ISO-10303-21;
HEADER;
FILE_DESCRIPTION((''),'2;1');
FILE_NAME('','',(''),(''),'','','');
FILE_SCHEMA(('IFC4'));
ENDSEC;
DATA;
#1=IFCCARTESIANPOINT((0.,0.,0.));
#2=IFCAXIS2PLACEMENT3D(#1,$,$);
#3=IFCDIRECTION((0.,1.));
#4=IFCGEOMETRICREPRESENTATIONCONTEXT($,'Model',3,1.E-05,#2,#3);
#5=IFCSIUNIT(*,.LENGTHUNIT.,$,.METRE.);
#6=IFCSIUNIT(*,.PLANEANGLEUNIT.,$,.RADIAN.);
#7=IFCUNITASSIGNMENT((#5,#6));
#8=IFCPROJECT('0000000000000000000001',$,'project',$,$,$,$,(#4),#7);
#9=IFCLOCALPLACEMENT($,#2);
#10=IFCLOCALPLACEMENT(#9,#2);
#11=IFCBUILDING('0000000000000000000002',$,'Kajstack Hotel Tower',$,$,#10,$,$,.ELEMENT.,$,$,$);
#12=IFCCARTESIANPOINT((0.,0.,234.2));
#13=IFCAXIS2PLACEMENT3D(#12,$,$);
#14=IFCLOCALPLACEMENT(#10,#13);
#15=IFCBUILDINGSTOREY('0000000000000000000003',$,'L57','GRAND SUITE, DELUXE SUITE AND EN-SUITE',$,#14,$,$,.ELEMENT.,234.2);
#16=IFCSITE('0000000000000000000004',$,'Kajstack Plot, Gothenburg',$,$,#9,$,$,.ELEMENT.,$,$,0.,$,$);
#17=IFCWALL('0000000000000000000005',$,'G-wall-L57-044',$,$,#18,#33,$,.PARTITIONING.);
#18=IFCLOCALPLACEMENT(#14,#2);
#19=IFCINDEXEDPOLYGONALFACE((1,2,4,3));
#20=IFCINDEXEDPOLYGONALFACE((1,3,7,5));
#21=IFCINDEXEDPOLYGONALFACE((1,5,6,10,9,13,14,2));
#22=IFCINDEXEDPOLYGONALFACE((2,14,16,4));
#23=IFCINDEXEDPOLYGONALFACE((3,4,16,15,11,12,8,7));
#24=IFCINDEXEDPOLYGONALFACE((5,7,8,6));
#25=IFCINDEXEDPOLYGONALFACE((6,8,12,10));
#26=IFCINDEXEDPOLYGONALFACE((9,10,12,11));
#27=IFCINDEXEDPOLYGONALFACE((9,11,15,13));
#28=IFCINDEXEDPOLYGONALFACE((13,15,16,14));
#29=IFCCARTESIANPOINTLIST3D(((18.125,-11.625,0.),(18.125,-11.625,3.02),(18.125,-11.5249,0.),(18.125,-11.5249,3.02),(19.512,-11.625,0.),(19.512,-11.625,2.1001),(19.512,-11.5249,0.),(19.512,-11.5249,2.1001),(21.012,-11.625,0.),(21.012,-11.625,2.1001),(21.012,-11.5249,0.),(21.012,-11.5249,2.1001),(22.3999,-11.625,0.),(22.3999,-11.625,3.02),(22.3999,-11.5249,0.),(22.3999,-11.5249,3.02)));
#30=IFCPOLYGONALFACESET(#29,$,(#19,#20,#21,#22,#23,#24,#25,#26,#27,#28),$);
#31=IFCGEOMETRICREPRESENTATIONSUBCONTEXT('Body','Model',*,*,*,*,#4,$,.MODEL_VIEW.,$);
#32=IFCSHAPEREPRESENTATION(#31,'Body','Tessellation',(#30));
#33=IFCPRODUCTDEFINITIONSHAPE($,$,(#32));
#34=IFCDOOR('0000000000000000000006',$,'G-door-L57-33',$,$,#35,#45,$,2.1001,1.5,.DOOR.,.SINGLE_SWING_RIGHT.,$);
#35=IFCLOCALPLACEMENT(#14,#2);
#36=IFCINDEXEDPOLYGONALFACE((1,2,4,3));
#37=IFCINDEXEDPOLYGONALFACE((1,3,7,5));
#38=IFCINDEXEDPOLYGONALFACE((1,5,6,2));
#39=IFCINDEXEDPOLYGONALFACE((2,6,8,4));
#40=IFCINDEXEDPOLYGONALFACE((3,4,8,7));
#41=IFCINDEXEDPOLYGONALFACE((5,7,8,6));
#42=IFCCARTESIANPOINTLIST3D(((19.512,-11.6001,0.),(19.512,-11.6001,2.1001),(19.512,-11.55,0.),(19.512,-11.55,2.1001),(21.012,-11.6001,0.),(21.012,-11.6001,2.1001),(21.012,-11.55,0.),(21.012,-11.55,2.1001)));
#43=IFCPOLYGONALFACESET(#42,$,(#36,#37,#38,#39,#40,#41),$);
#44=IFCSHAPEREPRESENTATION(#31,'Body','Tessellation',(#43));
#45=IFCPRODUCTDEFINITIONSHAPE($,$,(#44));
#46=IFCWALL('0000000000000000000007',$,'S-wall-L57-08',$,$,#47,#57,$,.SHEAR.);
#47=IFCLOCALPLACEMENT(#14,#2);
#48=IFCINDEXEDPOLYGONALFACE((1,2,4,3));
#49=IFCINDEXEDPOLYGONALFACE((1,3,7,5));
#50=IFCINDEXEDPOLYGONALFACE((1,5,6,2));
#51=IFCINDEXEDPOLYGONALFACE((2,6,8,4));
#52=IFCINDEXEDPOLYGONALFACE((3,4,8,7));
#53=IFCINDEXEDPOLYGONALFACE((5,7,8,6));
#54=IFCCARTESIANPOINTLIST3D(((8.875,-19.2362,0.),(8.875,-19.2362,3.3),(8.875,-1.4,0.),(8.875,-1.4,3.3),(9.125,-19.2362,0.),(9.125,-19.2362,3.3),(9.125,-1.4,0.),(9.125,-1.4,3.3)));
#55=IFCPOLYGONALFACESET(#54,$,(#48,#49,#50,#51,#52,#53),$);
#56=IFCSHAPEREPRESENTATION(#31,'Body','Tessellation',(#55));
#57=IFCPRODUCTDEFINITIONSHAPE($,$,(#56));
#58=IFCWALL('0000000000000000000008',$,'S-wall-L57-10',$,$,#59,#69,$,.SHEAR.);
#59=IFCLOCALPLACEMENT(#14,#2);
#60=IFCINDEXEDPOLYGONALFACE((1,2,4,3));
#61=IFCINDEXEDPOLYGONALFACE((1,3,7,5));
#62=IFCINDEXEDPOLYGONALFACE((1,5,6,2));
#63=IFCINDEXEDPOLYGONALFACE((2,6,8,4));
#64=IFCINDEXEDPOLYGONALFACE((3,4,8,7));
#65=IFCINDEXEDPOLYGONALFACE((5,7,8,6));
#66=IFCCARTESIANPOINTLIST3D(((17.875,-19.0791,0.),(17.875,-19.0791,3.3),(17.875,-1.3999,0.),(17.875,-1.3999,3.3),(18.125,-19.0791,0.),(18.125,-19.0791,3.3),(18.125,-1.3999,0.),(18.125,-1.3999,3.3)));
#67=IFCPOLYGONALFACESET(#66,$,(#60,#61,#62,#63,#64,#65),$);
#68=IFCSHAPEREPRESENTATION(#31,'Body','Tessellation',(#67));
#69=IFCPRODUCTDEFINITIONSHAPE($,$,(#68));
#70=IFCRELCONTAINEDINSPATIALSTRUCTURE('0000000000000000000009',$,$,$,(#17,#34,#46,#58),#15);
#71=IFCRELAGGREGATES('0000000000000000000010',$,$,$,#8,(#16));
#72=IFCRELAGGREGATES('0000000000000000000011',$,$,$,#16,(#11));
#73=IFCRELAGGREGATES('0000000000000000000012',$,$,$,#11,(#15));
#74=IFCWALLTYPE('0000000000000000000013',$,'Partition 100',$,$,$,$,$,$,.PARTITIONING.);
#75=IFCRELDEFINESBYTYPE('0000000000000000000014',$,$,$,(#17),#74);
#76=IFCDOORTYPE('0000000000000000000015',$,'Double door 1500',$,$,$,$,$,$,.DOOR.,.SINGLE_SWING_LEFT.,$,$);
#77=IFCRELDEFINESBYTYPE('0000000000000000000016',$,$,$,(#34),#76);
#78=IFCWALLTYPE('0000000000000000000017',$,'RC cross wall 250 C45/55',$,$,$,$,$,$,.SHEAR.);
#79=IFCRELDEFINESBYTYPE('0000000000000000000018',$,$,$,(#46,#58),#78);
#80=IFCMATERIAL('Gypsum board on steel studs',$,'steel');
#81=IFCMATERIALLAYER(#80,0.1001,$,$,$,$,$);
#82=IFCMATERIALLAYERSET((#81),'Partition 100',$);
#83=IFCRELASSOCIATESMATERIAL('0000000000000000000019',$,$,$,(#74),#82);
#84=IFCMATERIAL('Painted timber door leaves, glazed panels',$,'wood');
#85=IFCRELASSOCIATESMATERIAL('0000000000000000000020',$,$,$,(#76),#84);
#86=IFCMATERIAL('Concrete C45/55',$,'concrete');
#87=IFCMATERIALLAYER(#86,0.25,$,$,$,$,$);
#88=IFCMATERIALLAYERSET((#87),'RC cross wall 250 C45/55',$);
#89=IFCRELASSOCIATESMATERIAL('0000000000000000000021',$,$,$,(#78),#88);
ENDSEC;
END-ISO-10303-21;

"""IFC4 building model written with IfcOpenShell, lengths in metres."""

from ifc_helpers import new_model, si_unit, direction, frame, frame_2d, origin, place, context, subcontext, project, spatial, rectangle, extrude, material, layer, layer_set, type_object, element, fill, save


model = new_model("IFC4")

# Units and contexts
model_context = context("Model", 3, precision=1e-05, world=origin(), true_north=direction((0.0, 1.0)))
body_context = subcontext(model_context, "Body", "Model", "MODEL_VIEW")
ifc_project = project(units=[si_unit("LENGTHUNIT", "METRE"), si_unit("PLANEANGLEUNIT", "RADIAN")], contexts=[model_context])

# Site, building, storey
site_placement = place(None, origin())
site = spatial("IfcSite", under=ifc_project, at=site_placement, Name="Kajstack Plot, Gothenburg", CompositionType="ELEMENT", RefElevation=0.0)
building_placement = place(site_placement, origin())
building = spatial("IfcBuilding", under=site, at=building_placement, Name="Kajstack Hotel Tower", CompositionType="ELEMENT")
storey_placement = place(building_placement, frame((0.0, 0.0, 234.2)))
storey = spatial("IfcBuildingStorey", under=building, at=storey_placement, Name="L57", Description="GRAND SUITE, DELUXE SUITE AND EN-SUITE", CompositionType="ELEMENT", Elevation=234.2)

# Wall, opening, door
ifc_material_1 = material(Name="Gypsum board on steel studs", Category="steel")
ifc_layer_1 = layer(ifc_material_1, 0.1001)
ifc_layer_set_1 = layer_set([ifc_layer_1], Name="Partition 100")
wall_type_1 = type_object("IfcWallType", Name="Partition 100", PredefinedType="PARTITIONING", material=ifc_layer_set_1)
wall_1_placement = place(storey_placement, frame((18.125, -11.575, 0.0), z_axis=(0.0, 0.0, 1.0), x_axis=(1.0, 0.0, 0.0)))
wall_1 = element("IfcWall", 1, at=wall_1_placement, inside=storey, type_object=wall_type_1, Name="G-wall-L57-044", PredefinedType="PARTITIONING", context=body_context, shape_type="SweptSolid", body=[
    extrude(rectangle(XDim=4.2749, YDim=0.1001, at=frame_2d((2.1375, 0.0))), origin(), (0.0, 0.0, 1.0), 3.02),
])
opening_1_placement = place(wall_1_placement, frame((1.387, 0.0, 0.0)))
opening_1 = element("IfcOpeningElement", 2, at=opening_1_placement, cuts=wall_1, PredefinedType="OPENING", context=body_context, shape_type="SweptSolid", body=[
    extrude(rectangle(XDim=1.5, YDim=2.1001, at=frame_2d((0.75, 1.05))), frame((0.0, 0.0601, 0.0), z_axis=(0.0, -1.0, 0.0), x_axis=(1.0, 0.0, 0.0)), (0.0, 0.0, 1.0), 0.1201),
])
ifc_material_2 = material(Name="Painted timber door leaves, glazed panels", Category="wood")
door_type_1 = type_object("IfcDoorType", Name="Double door 1500", OperationType="SINGLE_SWING_LEFT", PredefinedType="DOOR", material=ifc_material_2)
door_1_placement = place(opening_1_placement, origin())
door_1 = element("IfcDoor", 3, at=door_1_placement, inside=storey, type_object=door_type_1, Name="G-door-L57-33", OperationType="SINGLE_SWING_RIGHT", OverallHeight=2.1001, OverallWidth=1.5, PredefinedType="DOOR", context=body_context, shape_type="SweptSolid", body=[
    extrude(rectangle(XDim=1.5, YDim=2.1001, at=frame_2d((0.75, 1.05))), frame((0.0, 0.0249, 0.0), z_axis=(0.0, -1.0, 0.0), x_axis=(1.0, 0.0, 0.0)), (0.0, 0.0, 1.0), 0.05),
])
fill(opening_1, door_1)

# Walls
ifc_material_3 = material(Name="Concrete C45/55", Category="concrete")
ifc_layer_2 = layer(ifc_material_3, 0.25)
ifc_layer_set_2 = layer_set([ifc_layer_2], Name="RC cross wall 250 C45/55")
wall_type_2 = type_object("IfcWallType", Name="RC cross wall 250 C45/55", PredefinedType="SHEAR", material=ifc_layer_set_2)
wall_2_placement = place(storey_placement, frame((9.0, -19.2361, 0.0), z_axis=(0.0, 0.0, 1.0), x_axis=(0.0, 1.0, 0.0)))
element("IfcWall", 4, at=wall_2_placement, inside=storey, type_object=wall_type_2, Name="S-wall-L57-08", PredefinedType="SHEAR", context=body_context, shape_type="SweptSolid", body=[
    extrude(rectangle(XDim=17.8362, YDim=0.25, at=frame_2d((8.918, 0.0))), origin(), (0.0, 0.0, 1.0), 3.3),
])
wall_3_placement = place(storey_placement, frame((18.0, -19.0791, 0.0), z_axis=(0.0, 0.0, 1.0), x_axis=(0.0, 1.0, 0.0)))
element("IfcWall", 5, at=wall_3_placement, inside=storey, type_object=wall_type_2, Name="S-wall-L57-10", PredefinedType="SHEAR", context=body_context, shape_type="SweptSolid", body=[
    extrude(rectangle(XDim=17.6792, YDim=0.25, at=frame_2d((8.8396, 0.0))), origin(), (0.0, 0.0, 1.0), 3.3),
])

save(model, "model.ifc")
